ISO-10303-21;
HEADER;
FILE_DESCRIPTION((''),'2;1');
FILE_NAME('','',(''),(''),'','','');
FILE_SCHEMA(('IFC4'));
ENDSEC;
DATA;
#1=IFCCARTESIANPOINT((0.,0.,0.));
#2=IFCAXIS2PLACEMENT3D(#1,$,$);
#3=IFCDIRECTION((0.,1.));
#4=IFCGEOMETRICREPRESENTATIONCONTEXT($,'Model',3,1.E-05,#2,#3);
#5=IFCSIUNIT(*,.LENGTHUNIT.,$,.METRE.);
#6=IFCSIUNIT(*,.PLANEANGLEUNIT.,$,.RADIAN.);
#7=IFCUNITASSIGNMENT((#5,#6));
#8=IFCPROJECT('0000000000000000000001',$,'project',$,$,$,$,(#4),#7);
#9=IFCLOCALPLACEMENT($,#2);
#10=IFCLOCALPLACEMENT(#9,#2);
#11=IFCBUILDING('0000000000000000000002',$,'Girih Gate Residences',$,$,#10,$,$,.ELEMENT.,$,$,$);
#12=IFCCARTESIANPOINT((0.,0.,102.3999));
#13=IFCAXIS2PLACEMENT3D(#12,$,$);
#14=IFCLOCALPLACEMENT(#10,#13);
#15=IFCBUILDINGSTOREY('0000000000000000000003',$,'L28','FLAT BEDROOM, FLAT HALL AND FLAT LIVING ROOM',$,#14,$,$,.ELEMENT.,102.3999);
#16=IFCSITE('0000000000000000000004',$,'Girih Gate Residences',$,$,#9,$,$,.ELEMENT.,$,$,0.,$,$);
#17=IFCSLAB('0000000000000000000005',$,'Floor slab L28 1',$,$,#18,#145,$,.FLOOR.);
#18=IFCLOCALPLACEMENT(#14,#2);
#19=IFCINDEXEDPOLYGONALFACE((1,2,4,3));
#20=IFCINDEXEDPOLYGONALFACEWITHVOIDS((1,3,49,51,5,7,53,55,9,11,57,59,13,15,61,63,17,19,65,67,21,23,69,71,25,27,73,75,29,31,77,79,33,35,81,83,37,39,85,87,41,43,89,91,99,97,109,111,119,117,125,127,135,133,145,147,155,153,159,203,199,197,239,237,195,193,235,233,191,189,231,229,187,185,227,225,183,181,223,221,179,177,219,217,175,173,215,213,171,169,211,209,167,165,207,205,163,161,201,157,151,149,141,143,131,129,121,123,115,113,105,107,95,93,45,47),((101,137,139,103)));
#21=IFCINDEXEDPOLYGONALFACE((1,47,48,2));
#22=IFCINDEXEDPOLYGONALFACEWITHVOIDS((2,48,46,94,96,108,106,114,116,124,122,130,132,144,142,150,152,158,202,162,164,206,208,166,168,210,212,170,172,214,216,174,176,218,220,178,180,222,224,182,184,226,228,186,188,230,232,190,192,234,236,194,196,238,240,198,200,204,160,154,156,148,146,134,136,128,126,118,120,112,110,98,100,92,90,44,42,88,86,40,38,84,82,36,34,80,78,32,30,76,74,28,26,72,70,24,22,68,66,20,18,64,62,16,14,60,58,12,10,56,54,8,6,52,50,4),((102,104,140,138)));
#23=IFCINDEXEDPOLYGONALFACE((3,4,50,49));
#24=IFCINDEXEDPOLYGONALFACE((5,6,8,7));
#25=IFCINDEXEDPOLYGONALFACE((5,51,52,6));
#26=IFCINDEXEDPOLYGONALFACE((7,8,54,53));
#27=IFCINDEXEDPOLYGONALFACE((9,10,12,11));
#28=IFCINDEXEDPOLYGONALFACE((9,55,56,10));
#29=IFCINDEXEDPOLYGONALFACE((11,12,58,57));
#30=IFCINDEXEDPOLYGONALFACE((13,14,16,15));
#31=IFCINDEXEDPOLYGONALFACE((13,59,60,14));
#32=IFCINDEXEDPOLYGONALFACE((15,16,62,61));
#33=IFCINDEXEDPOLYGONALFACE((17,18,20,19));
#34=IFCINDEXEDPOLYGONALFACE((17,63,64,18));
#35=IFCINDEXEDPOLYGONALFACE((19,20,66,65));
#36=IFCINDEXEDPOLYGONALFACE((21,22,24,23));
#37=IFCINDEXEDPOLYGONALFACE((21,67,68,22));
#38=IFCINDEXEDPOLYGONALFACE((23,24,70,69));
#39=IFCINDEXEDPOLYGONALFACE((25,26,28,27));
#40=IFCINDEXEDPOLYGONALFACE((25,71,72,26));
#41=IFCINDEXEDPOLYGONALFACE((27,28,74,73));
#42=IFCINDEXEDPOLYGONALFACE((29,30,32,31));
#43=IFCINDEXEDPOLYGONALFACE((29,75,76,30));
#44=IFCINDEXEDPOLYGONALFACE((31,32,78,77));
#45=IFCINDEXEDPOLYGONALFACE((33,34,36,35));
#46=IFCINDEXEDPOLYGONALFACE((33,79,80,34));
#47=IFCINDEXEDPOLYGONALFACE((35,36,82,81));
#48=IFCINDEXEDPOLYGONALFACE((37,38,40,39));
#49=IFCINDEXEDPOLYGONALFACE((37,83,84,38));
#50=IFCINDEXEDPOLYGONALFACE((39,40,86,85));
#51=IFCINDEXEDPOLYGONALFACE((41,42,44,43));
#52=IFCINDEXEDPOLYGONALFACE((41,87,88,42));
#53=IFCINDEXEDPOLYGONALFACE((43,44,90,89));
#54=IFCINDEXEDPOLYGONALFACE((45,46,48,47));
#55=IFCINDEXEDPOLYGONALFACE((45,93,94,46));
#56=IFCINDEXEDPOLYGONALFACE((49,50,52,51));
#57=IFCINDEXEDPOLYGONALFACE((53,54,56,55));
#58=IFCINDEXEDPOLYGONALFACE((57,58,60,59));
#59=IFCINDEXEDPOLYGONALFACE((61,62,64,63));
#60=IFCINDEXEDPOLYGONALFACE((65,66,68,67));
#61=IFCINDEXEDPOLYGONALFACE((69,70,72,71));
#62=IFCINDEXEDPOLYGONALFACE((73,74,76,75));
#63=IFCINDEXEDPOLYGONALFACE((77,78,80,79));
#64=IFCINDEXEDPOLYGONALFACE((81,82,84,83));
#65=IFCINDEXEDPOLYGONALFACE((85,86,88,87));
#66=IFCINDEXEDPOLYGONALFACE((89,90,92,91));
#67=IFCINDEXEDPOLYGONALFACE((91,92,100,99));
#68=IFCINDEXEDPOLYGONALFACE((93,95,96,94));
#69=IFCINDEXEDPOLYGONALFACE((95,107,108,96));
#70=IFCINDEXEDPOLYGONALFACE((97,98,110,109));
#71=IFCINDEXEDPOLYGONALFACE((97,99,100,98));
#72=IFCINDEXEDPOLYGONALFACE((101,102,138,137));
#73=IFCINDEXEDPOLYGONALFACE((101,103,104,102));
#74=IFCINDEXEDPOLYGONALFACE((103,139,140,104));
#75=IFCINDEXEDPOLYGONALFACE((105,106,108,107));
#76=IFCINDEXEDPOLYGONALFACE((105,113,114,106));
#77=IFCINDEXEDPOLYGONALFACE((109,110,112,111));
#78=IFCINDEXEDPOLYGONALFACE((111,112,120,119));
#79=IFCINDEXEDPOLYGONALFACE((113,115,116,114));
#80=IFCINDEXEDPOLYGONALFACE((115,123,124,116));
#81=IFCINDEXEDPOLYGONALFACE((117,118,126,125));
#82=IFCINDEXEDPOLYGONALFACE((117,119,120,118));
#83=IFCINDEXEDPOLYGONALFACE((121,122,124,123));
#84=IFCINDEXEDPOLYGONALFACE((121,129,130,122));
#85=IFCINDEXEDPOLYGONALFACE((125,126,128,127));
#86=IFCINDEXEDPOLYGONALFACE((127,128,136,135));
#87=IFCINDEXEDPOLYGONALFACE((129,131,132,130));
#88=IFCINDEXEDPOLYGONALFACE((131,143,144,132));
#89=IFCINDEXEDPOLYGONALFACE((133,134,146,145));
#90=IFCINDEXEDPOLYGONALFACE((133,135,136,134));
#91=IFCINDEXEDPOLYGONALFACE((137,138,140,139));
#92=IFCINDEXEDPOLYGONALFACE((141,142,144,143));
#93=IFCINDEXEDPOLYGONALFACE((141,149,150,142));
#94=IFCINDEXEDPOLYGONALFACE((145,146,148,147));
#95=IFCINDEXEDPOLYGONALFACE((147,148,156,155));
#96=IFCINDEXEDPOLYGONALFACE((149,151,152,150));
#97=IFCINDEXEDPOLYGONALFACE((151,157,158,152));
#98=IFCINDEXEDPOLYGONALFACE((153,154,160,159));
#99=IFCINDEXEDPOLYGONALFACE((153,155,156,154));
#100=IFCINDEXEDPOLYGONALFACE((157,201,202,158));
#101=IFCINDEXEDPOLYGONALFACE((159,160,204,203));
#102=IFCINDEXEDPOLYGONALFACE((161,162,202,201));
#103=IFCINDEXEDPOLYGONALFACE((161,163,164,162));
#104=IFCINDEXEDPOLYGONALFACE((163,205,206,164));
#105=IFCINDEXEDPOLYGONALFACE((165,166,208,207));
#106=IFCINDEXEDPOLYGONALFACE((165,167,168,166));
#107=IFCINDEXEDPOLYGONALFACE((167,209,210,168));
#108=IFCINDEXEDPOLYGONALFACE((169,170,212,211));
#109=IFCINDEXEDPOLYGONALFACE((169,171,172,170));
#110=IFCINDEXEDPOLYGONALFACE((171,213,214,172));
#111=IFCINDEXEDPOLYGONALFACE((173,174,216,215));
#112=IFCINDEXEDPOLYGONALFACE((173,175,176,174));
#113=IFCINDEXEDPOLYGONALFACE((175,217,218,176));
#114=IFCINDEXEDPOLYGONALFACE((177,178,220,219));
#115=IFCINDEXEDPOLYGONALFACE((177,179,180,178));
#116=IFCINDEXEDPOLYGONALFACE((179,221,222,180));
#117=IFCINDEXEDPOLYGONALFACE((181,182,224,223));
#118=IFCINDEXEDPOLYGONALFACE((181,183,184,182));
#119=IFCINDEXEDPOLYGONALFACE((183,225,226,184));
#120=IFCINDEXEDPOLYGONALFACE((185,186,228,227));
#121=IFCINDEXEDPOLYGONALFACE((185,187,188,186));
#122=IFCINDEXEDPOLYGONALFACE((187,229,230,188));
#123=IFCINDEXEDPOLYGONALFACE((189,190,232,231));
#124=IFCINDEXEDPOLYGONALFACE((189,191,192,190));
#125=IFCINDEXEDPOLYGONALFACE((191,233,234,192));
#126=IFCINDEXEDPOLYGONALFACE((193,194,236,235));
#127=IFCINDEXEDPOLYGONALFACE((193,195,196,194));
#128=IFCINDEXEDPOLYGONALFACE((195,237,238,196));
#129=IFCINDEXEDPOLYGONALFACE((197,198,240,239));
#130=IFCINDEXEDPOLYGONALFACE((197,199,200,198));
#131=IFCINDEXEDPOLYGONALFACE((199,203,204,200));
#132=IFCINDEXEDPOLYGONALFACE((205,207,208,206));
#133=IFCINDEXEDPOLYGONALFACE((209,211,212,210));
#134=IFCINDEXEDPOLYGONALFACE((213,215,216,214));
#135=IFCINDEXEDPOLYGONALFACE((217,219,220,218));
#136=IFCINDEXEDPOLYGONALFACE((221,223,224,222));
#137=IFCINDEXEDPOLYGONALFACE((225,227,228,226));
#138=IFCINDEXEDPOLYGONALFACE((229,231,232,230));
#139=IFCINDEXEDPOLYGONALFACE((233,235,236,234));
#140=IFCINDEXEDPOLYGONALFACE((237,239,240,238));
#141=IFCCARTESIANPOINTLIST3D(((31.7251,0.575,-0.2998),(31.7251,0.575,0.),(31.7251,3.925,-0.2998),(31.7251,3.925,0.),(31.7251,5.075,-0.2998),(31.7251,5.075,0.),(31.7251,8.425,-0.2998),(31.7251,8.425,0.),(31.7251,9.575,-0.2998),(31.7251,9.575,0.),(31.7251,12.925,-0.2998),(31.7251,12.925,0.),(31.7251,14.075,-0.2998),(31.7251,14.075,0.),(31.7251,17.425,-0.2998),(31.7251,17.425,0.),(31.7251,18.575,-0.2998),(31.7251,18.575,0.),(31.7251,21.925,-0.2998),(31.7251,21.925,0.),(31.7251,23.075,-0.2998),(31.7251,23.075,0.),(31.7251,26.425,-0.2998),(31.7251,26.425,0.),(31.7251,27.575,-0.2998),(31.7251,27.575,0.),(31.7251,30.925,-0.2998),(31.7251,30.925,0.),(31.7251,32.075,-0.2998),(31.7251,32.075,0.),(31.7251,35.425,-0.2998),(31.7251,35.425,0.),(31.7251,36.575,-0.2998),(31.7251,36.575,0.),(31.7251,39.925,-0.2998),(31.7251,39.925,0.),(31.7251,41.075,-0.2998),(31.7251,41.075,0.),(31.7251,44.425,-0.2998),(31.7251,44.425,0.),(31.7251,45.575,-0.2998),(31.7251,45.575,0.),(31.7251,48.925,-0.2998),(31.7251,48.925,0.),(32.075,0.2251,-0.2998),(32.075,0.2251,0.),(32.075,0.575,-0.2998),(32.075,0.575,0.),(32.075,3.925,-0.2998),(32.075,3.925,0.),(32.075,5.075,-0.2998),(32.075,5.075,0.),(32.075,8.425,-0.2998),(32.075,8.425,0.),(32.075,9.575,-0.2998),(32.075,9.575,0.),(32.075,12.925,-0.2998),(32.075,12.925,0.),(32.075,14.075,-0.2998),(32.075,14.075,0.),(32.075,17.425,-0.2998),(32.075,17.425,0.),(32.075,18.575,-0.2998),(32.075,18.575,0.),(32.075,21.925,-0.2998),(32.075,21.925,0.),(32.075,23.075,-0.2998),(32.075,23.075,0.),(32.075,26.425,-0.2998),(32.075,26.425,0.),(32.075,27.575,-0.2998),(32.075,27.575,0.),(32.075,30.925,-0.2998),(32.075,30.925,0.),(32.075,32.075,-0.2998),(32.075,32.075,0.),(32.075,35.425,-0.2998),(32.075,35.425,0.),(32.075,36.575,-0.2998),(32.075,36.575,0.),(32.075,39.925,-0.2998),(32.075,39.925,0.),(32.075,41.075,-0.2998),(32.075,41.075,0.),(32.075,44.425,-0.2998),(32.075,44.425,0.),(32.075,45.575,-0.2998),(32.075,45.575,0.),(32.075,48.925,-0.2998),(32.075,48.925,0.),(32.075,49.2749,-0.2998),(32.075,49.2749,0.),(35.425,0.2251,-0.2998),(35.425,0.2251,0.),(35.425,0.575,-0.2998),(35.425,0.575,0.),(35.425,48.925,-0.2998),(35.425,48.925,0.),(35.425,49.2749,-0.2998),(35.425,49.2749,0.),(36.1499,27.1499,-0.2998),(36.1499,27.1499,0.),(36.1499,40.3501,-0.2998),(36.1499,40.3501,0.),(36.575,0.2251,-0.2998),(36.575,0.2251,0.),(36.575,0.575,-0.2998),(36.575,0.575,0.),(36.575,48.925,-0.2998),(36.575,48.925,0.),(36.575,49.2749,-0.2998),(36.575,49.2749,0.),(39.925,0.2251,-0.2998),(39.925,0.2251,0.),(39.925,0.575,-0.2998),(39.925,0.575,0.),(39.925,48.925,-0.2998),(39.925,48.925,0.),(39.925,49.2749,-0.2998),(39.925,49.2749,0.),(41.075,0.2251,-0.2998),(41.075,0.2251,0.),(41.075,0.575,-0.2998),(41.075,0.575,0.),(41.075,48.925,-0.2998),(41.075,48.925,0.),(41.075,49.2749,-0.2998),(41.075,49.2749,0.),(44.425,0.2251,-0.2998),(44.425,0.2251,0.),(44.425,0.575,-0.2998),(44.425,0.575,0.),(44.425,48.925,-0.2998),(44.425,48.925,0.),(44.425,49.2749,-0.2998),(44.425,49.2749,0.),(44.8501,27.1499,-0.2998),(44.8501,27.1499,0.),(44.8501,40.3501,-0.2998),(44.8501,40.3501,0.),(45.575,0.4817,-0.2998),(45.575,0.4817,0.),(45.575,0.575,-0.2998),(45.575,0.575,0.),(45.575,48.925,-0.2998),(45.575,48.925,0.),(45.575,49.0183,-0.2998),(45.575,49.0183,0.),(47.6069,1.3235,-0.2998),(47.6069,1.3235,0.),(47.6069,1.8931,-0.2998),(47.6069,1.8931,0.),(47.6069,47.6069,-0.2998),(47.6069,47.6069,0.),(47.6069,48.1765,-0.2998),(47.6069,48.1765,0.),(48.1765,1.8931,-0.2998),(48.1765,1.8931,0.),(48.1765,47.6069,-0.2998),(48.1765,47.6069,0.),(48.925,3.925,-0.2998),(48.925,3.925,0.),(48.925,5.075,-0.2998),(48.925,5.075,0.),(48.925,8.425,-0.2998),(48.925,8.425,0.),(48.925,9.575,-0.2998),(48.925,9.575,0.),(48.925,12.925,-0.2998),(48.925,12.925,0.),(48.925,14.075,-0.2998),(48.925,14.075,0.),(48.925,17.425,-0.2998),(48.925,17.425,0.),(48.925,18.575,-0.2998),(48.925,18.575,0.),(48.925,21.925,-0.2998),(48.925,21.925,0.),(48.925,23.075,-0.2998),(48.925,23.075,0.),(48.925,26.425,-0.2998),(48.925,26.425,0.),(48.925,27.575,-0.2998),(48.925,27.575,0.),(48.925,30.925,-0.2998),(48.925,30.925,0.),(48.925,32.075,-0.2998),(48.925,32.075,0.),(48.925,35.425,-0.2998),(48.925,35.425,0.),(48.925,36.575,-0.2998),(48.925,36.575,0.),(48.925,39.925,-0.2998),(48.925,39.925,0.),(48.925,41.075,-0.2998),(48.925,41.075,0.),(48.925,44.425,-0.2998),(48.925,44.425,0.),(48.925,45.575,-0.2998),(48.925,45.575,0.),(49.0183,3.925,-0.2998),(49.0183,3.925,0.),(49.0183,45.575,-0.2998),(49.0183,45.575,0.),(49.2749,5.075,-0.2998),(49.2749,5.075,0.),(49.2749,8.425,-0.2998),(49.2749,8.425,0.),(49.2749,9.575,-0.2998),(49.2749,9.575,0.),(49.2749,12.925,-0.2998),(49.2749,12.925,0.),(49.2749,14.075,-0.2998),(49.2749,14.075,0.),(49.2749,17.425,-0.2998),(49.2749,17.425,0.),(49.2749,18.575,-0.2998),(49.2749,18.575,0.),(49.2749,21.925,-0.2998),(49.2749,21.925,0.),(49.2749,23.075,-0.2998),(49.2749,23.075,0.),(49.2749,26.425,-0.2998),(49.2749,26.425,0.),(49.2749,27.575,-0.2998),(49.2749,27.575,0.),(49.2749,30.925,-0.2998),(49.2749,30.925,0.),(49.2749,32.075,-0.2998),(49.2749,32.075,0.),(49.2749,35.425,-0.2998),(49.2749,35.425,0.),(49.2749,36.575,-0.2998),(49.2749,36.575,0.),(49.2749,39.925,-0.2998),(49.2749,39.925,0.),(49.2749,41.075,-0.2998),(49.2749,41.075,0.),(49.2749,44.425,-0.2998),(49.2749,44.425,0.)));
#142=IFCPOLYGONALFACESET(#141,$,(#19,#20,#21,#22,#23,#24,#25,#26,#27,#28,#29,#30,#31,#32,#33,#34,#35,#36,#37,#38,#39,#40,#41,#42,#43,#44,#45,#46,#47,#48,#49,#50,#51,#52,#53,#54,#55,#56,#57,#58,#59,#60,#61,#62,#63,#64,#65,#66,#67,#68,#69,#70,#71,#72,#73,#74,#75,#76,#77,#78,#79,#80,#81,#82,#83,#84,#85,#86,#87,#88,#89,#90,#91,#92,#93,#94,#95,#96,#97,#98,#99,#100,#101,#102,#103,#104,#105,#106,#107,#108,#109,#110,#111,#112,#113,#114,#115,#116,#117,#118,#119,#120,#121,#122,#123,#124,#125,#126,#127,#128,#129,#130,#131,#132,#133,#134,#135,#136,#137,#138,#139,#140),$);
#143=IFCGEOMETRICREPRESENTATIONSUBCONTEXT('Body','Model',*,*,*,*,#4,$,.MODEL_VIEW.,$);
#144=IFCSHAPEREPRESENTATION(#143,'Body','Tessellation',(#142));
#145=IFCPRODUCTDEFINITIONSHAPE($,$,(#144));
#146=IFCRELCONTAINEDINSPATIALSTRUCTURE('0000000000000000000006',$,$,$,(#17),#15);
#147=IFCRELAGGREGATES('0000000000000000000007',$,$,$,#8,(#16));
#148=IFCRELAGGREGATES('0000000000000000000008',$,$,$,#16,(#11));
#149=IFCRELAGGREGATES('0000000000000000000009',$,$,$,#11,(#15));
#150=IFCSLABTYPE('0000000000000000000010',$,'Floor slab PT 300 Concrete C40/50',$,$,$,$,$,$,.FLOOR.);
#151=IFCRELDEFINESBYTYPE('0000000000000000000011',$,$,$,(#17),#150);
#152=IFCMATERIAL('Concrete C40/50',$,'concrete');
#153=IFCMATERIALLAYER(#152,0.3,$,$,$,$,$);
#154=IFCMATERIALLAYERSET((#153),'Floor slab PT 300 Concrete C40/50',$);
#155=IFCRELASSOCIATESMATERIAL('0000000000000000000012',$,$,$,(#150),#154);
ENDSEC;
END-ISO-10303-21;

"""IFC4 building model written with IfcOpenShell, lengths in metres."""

from ifc_helpers import new_model, si_unit, direction, frame, origin, place, context, subcontext, project, spatial, polyline, outline, extrude, material, layer, layer_set, type_object, element, save


model = new_model("IFC4")

# Units and contexts
model_context = context("Model", 3, precision=1e-05, world=origin(), true_north=direction((0.0, 1.0)))
body_context = subcontext(model_context, "Body", "Model", "MODEL_VIEW")
ifc_project = project(units=[si_unit("LENGTHUNIT", "METRE"), si_unit("PLANEANGLEUNIT", "RADIAN")], contexts=[model_context])

# Site, building, storey
site_placement = place(None, origin())
site = spatial("IfcSite", under=ifc_project, at=site_placement, Name="Girih Gate Residences", CompositionType="ELEMENT", RefElevation=0.0)
building_placement = place(site_placement, origin())
building = spatial("IfcBuilding", under=site, at=building_placement, Name="Girih Gate Residences", CompositionType="ELEMENT")
storey_placement = place(building_placement, frame((0.0, 0.0, 102.3999)))
storey = spatial("IfcBuildingStorey", under=building, at=storey_placement, Name="L28", Description="FLAT BEDROOM, FLAT HALL AND FLAT LIVING ROOM", CompositionType="ELEMENT", Elevation=102.3999)

# Slab
ifc_material_1 = material(Name="Concrete C40/50", Category="concrete")
ifc_layer_1 = layer(ifc_material_1, 0.3)
ifc_layer_set_1 = layer_set([ifc_layer_1], Name="Floor slab PT 300 Concrete C40/50")
slab_type_1 = type_object("IfcSlabType", Name="Floor slab PT 300 Concrete C40/50", PredefinedType="FLOOR", material=ifc_layer_set_1)
slab_1_placement = place(storey_placement, frame((0.0, 0.0, -0.2998)))
element("IfcSlab", 1, at=slab_1_placement, inside=storey, type_object=slab_type_1, Name="Floor slab L28 1", PredefinedType="FLOOR", context=body_context, shape_type="SweptSolid", body=[
    extrude(outline(polyline([(35.425, 49.2749), (32.075, 49.2749), (32.075, 48.925), (31.7251, 48.925), (31.7251, 45.575), (32.075, 45.575), (32.075, 44.425), (31.7251, 44.425), (31.7251, 41.075), (32.075, 41.075), (32.075, 39.925), (31.7251, 39.925), (31.7251, 36.575), (32.075, 36.575), (32.075, 35.425), (31.7251, 35.425), (31.7251, 32.075), (32.075, 32.075), (32.075, 30.925), (31.7251, 30.925), (31.7251, 27.575), (32.075, 27.575), (32.075, 26.425), (31.7251, 26.425), (31.7251, 23.075), (32.075, 23.075), (32.075, 21.925), (31.7251, 21.925), (31.7251, 18.575), (32.075, 18.575), (32.075, 17.425), (31.7251, 17.425), (31.7251, 14.075), (32.075, 14.075), (32.075, 12.925), (31.7251, 12.925), (31.7251, 9.575), (32.075, 9.575), (32.075, 8.425), (31.7251, 8.425), (31.7251, 5.075), (32.075, 5.075), (32.075, 3.925), (31.7251, 3.925), (31.7251, 0.575), (32.075, 0.575), (32.075, 0.2251), (35.425, 0.2251), (35.425, 0.575), (36.575, 0.575), (36.575, 0.2251), (39.925, 0.2251), (39.925, 0.575), (41.075, 0.575), (41.075, 0.2251), (44.425, 0.2251), (44.425, 0.575), (45.575, 0.575), (45.575, 0.4817), (47.6069, 1.3235), (47.6069, 1.8931), (48.1765, 1.8931), (49.0183, 3.925), (48.925, 3.925), (48.925, 5.075), (49.2749, 5.075), (49.2749, 8.425), (48.925, 8.425), (48.925, 9.575), (49.2749, 9.575), (49.2749, 12.925), (48.925, 12.925), (48.925, 14.075), (49.2749, 14.075), (49.2749, 17.425), (48.925, 17.425), (48.925, 18.575), (49.2749, 18.575), (49.2749, 21.925), (48.925, 21.925), (48.925, 23.075), (49.2749, 23.075), (49.2749, 26.425), (48.925, 26.425), (48.925, 27.575), (49.2749, 27.575), (49.2749, 30.925), (48.925, 30.925), (48.925, 32.075), (49.2749, 32.075), (49.2749, 35.425), (48.925, 35.425), (48.925, 36.575), (49.2749, 36.575), (49.2749, 39.925), (48.925, 39.925), (48.925, 41.075), (49.2749, 41.075), (49.2749, 44.425), (48.925, 44.425), (48.925, 45.575), (49.0183, 45.575), (48.1765, 47.6069), (47.6069, 47.6069), (47.6069, 48.1765), (45.575, 49.0183), (45.575, 48.925), (44.425, 48.925), (44.425, 49.2749), (41.075, 49.2749), (41.075, 48.925), (39.925, 48.925), (39.925, 49.2749), (36.575, 49.2749), (36.575, 48.925), (35.425, 48.925), (35.425, 49.2749)]), holes=[polyline([(44.8501, 40.3501), (44.8501, 27.1499), (36.1499, 27.1499), (36.1499, 40.3501), (44.8501, 40.3501)])]), origin(), (0.0, 0.0, 1.0), 0.2998),
])

save(model, "model.ifc")
